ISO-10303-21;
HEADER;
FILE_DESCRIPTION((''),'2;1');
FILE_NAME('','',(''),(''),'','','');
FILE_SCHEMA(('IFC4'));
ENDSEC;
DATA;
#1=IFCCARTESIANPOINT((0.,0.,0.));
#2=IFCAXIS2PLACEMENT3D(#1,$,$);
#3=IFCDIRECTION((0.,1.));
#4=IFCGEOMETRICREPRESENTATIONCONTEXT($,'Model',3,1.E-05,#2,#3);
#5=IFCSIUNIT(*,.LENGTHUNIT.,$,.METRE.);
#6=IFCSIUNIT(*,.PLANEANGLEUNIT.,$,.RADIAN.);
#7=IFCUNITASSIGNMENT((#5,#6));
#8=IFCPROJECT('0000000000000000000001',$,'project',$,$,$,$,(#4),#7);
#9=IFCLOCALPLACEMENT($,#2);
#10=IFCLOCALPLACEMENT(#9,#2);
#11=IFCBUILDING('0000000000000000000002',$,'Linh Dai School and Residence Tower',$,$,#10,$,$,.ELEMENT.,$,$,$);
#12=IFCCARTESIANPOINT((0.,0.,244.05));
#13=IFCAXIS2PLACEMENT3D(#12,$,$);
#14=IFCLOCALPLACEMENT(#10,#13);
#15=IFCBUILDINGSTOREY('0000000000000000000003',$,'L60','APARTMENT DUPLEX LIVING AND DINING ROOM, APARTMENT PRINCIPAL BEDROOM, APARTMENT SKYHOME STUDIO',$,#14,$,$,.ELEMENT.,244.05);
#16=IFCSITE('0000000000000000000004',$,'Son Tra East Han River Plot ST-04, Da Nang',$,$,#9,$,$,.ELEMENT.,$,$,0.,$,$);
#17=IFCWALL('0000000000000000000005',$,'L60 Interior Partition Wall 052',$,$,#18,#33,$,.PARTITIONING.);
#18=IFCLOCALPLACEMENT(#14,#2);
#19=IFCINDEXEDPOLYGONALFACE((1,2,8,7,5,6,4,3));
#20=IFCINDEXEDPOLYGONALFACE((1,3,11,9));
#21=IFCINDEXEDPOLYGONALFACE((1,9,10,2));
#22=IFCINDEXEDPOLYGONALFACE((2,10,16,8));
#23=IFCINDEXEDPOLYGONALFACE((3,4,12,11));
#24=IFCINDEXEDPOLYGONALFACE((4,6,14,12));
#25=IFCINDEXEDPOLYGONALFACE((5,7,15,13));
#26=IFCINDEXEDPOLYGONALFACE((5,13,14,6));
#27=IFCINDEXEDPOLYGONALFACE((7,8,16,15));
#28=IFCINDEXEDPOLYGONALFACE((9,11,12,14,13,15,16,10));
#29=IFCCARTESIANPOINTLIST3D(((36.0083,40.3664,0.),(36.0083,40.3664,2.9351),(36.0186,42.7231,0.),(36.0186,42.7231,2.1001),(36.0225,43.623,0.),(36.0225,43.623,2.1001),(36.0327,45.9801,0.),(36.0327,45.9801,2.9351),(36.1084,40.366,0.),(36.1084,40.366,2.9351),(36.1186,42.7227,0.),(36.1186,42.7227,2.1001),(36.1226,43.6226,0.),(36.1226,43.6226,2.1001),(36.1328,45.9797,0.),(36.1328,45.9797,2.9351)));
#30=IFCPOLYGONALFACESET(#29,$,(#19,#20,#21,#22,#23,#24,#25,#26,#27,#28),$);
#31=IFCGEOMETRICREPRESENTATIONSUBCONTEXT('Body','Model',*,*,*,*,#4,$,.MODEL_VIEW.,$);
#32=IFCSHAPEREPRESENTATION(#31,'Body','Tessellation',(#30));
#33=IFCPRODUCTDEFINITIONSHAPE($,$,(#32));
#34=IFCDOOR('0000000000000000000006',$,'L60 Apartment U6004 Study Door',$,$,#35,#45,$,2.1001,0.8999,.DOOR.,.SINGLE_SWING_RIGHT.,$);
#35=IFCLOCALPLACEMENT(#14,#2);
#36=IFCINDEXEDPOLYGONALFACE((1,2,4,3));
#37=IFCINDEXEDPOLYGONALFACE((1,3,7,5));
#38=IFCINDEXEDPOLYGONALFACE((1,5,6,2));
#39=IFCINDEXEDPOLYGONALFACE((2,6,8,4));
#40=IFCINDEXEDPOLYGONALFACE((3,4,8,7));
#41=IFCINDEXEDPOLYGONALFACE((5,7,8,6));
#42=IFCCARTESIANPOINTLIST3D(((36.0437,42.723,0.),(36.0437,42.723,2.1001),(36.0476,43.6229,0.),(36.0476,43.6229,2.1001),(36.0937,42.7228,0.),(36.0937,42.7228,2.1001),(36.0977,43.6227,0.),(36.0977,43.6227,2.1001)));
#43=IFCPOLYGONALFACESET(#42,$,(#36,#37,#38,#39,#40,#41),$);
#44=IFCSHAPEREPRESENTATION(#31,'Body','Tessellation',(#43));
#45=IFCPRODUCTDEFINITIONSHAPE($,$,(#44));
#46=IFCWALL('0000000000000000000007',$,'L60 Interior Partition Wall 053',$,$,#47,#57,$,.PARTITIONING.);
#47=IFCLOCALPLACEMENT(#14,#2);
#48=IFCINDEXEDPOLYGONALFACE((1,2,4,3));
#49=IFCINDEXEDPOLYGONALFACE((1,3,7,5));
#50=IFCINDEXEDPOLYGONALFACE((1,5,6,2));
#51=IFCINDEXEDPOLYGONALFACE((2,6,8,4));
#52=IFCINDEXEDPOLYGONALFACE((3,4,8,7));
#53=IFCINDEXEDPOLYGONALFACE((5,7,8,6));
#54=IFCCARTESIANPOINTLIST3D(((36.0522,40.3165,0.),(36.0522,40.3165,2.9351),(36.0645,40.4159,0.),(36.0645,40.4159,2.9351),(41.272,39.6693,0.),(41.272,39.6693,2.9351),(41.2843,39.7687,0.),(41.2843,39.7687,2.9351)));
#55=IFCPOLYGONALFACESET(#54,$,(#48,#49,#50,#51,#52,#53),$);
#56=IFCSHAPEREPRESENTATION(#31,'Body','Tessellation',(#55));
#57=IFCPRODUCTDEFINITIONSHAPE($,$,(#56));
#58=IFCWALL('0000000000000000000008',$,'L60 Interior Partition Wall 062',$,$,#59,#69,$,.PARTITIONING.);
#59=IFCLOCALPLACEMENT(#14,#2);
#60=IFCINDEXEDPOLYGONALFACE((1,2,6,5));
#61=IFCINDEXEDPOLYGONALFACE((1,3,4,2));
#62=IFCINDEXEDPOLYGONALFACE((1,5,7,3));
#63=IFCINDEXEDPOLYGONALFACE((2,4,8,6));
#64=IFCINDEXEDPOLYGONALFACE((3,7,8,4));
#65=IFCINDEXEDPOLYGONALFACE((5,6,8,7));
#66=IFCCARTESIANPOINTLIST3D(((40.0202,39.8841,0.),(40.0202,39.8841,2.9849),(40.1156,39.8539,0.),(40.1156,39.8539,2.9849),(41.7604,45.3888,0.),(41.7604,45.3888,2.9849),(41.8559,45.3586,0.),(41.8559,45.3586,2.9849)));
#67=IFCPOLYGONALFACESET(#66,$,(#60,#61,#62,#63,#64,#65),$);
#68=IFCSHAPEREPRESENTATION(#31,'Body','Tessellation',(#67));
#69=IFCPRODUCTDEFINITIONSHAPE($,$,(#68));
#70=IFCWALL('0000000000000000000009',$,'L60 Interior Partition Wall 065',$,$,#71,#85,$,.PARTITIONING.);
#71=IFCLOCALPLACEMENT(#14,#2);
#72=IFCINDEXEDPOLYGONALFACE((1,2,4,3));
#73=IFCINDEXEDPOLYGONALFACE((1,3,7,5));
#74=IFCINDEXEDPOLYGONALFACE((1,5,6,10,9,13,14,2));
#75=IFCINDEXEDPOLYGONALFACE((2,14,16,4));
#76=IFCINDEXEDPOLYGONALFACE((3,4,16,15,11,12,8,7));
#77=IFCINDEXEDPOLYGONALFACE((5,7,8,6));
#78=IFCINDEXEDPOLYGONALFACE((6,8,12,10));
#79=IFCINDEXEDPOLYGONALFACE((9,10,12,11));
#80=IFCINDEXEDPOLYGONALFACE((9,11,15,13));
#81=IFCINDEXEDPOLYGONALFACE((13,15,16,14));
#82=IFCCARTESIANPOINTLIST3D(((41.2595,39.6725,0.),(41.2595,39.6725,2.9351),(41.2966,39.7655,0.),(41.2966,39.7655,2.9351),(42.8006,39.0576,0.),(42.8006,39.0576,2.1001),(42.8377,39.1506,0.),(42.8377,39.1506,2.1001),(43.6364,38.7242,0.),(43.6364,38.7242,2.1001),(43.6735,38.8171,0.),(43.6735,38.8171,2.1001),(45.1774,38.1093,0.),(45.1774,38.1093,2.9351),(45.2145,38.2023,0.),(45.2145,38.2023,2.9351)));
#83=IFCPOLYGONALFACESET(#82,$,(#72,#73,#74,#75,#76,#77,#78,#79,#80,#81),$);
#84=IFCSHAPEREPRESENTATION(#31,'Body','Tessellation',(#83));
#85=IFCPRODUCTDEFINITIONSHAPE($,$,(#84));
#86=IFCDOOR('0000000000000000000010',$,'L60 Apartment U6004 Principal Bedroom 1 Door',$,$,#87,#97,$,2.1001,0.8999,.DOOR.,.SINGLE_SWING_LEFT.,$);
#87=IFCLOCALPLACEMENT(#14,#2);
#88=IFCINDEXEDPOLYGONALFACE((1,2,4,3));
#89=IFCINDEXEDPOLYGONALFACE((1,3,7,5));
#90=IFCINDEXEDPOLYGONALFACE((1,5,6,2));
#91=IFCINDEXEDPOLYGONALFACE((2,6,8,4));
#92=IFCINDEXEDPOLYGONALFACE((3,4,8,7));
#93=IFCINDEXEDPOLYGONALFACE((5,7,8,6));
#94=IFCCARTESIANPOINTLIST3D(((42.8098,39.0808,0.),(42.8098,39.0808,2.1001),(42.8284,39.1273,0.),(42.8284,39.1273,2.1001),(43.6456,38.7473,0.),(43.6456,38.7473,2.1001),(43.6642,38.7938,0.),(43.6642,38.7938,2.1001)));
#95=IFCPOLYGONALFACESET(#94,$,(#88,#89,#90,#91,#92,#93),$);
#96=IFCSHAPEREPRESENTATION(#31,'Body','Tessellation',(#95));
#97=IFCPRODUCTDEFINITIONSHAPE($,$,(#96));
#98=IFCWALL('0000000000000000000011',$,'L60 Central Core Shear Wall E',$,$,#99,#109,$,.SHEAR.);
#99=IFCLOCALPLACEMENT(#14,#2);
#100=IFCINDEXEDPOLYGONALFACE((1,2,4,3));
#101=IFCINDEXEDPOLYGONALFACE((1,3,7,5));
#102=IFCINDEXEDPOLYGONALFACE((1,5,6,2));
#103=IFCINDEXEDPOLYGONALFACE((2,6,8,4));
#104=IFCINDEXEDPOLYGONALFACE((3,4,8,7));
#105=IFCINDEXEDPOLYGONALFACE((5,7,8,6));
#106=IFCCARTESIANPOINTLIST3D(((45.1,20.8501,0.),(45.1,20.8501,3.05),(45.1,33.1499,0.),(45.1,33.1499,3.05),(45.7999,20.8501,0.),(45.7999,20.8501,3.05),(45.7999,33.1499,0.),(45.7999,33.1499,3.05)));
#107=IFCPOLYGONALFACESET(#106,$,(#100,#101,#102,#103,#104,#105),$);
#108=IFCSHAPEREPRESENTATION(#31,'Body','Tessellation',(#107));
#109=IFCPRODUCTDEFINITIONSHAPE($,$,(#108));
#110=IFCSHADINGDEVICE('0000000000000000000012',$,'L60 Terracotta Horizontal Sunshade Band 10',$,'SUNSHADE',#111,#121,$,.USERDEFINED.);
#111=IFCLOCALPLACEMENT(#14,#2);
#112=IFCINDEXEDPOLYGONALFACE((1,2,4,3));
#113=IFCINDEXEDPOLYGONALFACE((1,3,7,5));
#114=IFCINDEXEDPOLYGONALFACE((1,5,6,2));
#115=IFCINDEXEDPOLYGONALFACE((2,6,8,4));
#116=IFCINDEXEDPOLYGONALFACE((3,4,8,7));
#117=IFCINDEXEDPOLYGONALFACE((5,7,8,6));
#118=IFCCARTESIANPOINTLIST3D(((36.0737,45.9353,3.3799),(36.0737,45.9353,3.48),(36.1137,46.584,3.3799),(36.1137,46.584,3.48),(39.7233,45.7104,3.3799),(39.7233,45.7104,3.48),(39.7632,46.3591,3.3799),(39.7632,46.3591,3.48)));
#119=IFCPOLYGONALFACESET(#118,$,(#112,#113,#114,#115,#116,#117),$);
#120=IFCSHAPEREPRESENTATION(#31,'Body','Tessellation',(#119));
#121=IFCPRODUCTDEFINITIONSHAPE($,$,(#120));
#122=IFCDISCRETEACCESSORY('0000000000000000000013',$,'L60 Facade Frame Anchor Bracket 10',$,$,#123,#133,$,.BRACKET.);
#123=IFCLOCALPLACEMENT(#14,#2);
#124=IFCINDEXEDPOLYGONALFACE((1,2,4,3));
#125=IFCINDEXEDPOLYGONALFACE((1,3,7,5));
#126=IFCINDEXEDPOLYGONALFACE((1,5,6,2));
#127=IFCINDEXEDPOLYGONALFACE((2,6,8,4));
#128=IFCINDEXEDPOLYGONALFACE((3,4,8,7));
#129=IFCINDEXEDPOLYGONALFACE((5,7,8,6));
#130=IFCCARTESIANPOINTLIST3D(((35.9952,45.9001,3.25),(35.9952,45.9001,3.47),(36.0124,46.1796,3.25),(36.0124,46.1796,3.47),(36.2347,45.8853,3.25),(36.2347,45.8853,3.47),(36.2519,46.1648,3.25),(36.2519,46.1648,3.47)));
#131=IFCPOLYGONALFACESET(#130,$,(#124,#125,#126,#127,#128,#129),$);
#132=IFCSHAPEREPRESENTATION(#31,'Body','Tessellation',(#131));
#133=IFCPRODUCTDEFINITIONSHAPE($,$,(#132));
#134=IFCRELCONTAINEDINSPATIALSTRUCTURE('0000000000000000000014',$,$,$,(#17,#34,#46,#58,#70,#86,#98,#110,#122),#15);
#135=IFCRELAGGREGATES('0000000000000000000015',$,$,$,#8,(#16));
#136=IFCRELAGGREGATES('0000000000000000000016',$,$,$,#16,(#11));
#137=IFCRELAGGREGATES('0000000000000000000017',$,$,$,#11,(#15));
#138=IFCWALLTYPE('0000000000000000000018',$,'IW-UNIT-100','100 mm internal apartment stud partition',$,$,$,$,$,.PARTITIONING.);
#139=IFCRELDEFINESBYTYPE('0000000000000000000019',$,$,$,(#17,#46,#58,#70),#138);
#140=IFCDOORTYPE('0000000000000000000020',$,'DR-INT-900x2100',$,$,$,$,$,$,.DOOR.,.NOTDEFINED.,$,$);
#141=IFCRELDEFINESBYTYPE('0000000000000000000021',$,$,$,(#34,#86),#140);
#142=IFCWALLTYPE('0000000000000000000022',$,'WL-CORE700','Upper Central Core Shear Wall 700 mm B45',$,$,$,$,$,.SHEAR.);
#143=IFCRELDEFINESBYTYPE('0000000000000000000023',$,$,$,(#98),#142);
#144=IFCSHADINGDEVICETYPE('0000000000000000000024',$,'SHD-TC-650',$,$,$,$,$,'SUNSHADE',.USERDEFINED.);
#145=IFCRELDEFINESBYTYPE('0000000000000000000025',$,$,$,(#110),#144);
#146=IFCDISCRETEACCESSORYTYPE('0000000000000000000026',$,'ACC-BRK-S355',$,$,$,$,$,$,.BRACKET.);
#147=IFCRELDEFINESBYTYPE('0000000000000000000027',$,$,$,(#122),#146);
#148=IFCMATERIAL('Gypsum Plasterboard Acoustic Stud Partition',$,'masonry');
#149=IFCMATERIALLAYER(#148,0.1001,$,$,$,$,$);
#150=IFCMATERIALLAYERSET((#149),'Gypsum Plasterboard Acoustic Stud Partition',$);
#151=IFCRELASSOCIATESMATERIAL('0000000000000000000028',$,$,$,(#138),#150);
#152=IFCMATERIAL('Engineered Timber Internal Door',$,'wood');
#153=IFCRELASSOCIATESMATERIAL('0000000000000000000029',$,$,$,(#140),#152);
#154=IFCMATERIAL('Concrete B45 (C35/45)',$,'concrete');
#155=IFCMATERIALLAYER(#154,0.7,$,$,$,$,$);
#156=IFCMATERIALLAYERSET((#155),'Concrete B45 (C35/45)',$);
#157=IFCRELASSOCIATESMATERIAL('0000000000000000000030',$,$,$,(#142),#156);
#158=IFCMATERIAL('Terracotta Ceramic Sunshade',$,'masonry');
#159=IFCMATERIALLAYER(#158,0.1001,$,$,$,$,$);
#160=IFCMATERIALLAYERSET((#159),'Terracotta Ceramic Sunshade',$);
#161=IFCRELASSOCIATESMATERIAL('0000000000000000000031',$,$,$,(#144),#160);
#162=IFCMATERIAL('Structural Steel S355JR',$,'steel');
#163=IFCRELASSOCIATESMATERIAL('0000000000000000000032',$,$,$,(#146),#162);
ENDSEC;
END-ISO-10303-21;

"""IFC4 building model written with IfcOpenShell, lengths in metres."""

from ifc_helpers import new_model, si_unit, direction, frame, frame_2d, origin, origin_2d, place, context, subcontext, project, spatial, rectangle, extrude, source, transform, mapped, material, layer, layer_set, type_object, element, fill, save


model = new_model("IFC4")

# Units and contexts
model_context = context("Model", 3, precision=1e-05, world=origin(), true_north=direction((0.0, 1.0)))
body_context = subcontext(model_context, "Body", "Model", "MODEL_VIEW")
ifc_project = project(units=[si_unit("LENGTHUNIT", "METRE"), si_unit("PLANEANGLEUNIT", "RADIAN")], contexts=[model_context])

# Site, building, storey
site_placement = place(None, origin())
site = spatial("IfcSite", under=ifc_project, at=site_placement, Name="Son Tra East Han River Plot ST-04, Da Nang", CompositionType="ELEMENT", RefElevation=0.0)
building_placement = place(site_placement, origin())
building = spatial("IfcBuilding", under=site, at=building_placement, Name="Linh Dai School and Residence Tower", CompositionType="ELEMENT")
storey_placement = place(building_placement, frame((0.0, 0.0, 244.05)))
storey = spatial("IfcBuildingStorey", under=building, at=storey_placement, Name="L60", Description="APARTMENT DUPLEX LIVING AND DINING ROOM, APARTMENT PRINCIPAL BEDROOM, APARTMENT SKYHOME STUDIO", CompositionType="ELEMENT", Elevation=244.05)

# Shared definitions
ifc_material_1 = material(Name="Structural Steel S355JR", Category="steel")

# Wall, opening, door
ifc_material_2 = material(Name="Gypsum Plasterboard Acoustic Stud Partition", Category="masonry")
ifc_layer_1 = layer(ifc_material_2, 0.1001)
ifc_layer_set_1 = layer_set([ifc_layer_1], Name="Gypsum Plasterboard Acoustic Stud Partition")
wall_type_1 = type_object("IfcWallType", Name="IW-UNIT-100", Description="100 mm internal apartment stud partition", PredefinedType="PARTITIONING", material=ifc_layer_set_1)
wall_1_placement = place(storey_placement, frame((36.0583, 40.3662, 0.0), z_axis=(0.0, 0.0, 1.0), x_axis=(0.004349, 0.999991, 0.0)))
wall_1 = element("IfcWall", 1, at=wall_1_placement, inside=storey, type_object=wall_type_1, Name="L60 Interior Partition Wall 052", PredefinedType="PARTITIONING", context=body_context, shape_type="SweptSolid", body=[
    extrude(rectangle(XDim=5.6138, YDim=0.1001, at=frame_2d((2.8069, 0.0))), origin(), (0.0, 0.0, 1.0), 2.9351),
])
opening_1_placement = place(wall_1_placement, frame((2.3567, 0.0, 0.0)))
opening_1 = element("IfcOpeningElement", 2, at=opening_1_placement, cuts=wall_1, PredefinedType="OPENING", context=body_context, shape_type="SweptSolid", body=[
    extrude(rectangle(XDim=0.8999, YDim=2.1001, at=origin_2d()), frame((0.45, 0.0601, 1.05), z_axis=(0.0, -1.0, 0.0), x_axis=(1.0, 0.0, 0.0)), (0.0, 0.0, 1.0), 0.1201),
])
ifc_material_3 = material(Name="Engineered Timber Internal Door", Category="wood")
door_type = type_object("IfcDoorType", Name="DR-INT-900x2100", OperationType="NOTDEFINED", PredefinedType="DOOR", material=ifc_material_3)
shared_shape_1 = source(origin(), body_context, "Body", "SweptSolid", [
    extrude(rectangle(XDim=0.8999, YDim=2.1001, at=origin_2d()), frame((0.45, 0.0249, 1.05), z_axis=(0.0, -1.0, 0.0), x_axis=(1.0, 0.0, 0.0)), (0.0, 0.0, 1.0), 0.05),
])
door_1_placement = place(opening_1_placement, origin())
door_1 = element("IfcDoor", 3, at=door_1_placement, inside=storey, type_object=door_type, Name="L60 Apartment U6004 Study Door", OperationType="SINGLE_SWING_RIGHT", OverallHeight=2.1001, OverallWidth=0.8999, PredefinedType="DOOR", context=body_context, shape_type="MappedRepresentation", body=[
    mapped(shared_shape_1, transform((0.0, 0.0, 0.0), x_axis=(1.0, 0.0, 0.0), y_axis=(0.0, 1.0, 0.0), z_axis=(0.0, 0.0, 1.0), scale=1.0)),
])
fill(opening_1, door_1)

# Walls
wall_2_placement = place(storey_placement, frame((36.0583, 40.3662, 0.0), z_axis=(0.0, 0.0, 1.0), x_axis=(0.9924, -0.123052, 0.0)))
element("IfcWall", 4, at=wall_2_placement, inside=storey, type_object=wall_type_1, Name="L60 Interior Partition Wall 053", PredefinedType="PARTITIONING", context=body_context, shape_type="SweptSolid", body=[
    extrude(rectangle(XDim=5.2598, YDim=0.1001, at=frame_2d((2.6299, 0.0))), origin(), (0.0, 0.0, 1.0), 2.9351),
])
wall_3_placement = place(storey_placement, frame((40.0679, 39.8689, 0.0), z_axis=(0.0, 0.0, 1.0), x_axis=(0.301435, 0.953487, 0.0)))
element("IfcWall", 5, at=wall_3_placement, inside=storey, type_object=wall_type_1, Name="L60 Interior Partition Wall 062", PredefinedType="PARTITIONING", context=body_context, shape_type="SweptSolid", body=[
    extrude(rectangle(XDim=5.7732, YDim=0.1001, at=frame_2d((2.8867, 0.0))), origin(), (0.0, 0.0, 1.0), 2.9849),
])

# Wall, opening, door
wall_4_placement = place(storey_placement, frame((41.2781, 39.719, 0.0), z_axis=(0.0, 0.0, 1.0), x_axis=(0.9288, -0.370582, 0.0)))
wall_4 = element("IfcWall", 6, at=wall_4_placement, inside=storey, type_object=wall_type_1, Name="L60 Interior Partition Wall 065", PredefinedType="PARTITIONING", context=body_context, shape_type="SweptSolid", body=[
    extrude(rectangle(XDim=4.2183, YDim=0.1001, at=frame_2d((2.1091, 0.0))), origin(), (0.0, 0.0, 1.0), 2.9351),
])
opening_2_placement = place(wall_4_placement, frame((1.6592, 0.0, 0.0)))
opening_2 = element("IfcOpeningElement", 7, at=opening_2_placement, cuts=wall_4, PredefinedType="OPENING", context=body_context, shape_type="SweptSolid", body=[
    extrude(rectangle(XDim=0.8999, YDim=2.1001, at=origin_2d()), frame((0.45, 0.0601, 1.05), z_axis=(0.0, -1.0, 0.0), x_axis=(1.0, 0.0, 0.0)), (0.0, 0.0, 1.0), 0.1201),
])
door_2_placement = place(opening_2_placement, origin())
door_2 = element("IfcDoor", 8, at=door_2_placement, inside=storey, type_object=door_type, Name="L60 Apartment U6004 Principal Bedroom 1 Door", OperationType="SINGLE_SWING_LEFT", OverallHeight=2.1001, OverallWidth=0.8999, PredefinedType="DOOR", context=body_context, shape_type="MappedRepresentation", body=[
    mapped(shared_shape_1, transform((0.0, 0.0, 0.0), x_axis=(1.0, 0.0, 0.0), y_axis=(0.0, 1.0, 0.0), z_axis=(0.0, 0.0, 1.0), scale=1.0)),
])
fill(opening_2, door_2)

# Wall
ifc_material_4 = material(Name="Concrete B45 (C35/45)", Category="concrete")
ifc_layer_2 = layer(ifc_material_4, 0.7)
ifc_layer_set_2 = layer_set([ifc_layer_2], Name="Concrete B45 (C35/45)")
wall_type_2 = type_object("IfcWallType", Name="WL-CORE700", Description="Upper Central Core Shear Wall 700 mm B45", PredefinedType="SHEAR", material=ifc_layer_set_2)
wall_5_placement = place(storey_placement, frame((45.45, 33.1499, 0.0), z_axis=(0.0, 0.0, 1.0), x_axis=(0.0, -1.0, 0.0)))
element("IfcWall", 9, at=wall_5_placement, inside=storey, type_object=wall_type_2, Name="L60 Central Core Shear Wall E", PredefinedType="SHEAR", context=body_context, shape_type="SweptSolid", body=[
    extrude(rectangle(XDim=12.2998, YDim=0.7, at=frame_2d((6.1499, 0.0))), origin(), (0.0, 0.0, 1.0), 3.05),
])

# Shading device
ifc_material_5 = material(Name="Terracotta Ceramic Sunshade", Category="masonry")
ifc_layer_3 = layer(ifc_material_5, 0.1001)
ifc_layer_set_3 = layer_set([ifc_layer_3], Name="Terracotta Ceramic Sunshade")
shading_device_type = type_object("IfcShadingDeviceType", Name="SHD-TC-650", ElementType="SUNSHADE", PredefinedType="USERDEFINED", material=ifc_layer_set_3)
shared_shape_2 = source(origin(), body_context, "Body", "SweptSolid", [
    extrude(rectangle(XDim=3.6565, YDim=0.6499, at=origin_2d()), origin(), (0.0, 0.0, 1.0), 0.1001),
])
shading_device_placement = place(storey_placement, frame((37.9185, 46.1472, 3.3799), z_axis=(0.0, 0.0, 1.0), x_axis=(0.998107, -0.061504, 0.0)))
element("IfcShadingDevice", 10, at=shading_device_placement, inside=storey, type_object=shading_device_type, Name="L60 Terracotta Horizontal Sunshade Band 10", ObjectType="SUNSHADE", PredefinedType="USERDEFINED", context=body_context, shape_type="MappedRepresentation", body=[
    mapped(shared_shape_2, transform((0.0, 0.0, 0.0), x_axis=(1.0, 0.0, 0.0), y_axis=(0.0, 1.0, 0.0), z_axis=(0.0, 0.0, 1.0), scale=1.0)),
])

# Discrete accessory
discrete_accessory_type = type_object("IfcDiscreteAccessoryType", Name="ACC-BRK-S355", PredefinedType="BRACKET", material=ifc_material_1)
shared_shape_3 = source(origin(), body_context, "Body", "SweptSolid", [
    extrude(rectangle(XDim=0.28, YDim=0.24, at=origin_2d()), origin(), (0.0, 0.0, 1.0), 0.22),
])
discrete_accessory_placement = place(storey_placement, frame((36.1235, 46.0325, 3.25), z_axis=(0.0, 0.0, 1.0), x_axis=(0.061504, 0.998107, 0.0)))
element("IfcDiscreteAccessory", 11, at=discrete_accessory_placement, inside=storey, type_object=discrete_accessory_type, Name="L60 Facade Frame Anchor Bracket 10", PredefinedType="BRACKET", context=body_context, shape_type="MappedRepresentation", body=[
    mapped(shared_shape_3, transform((0.0, 0.0, 0.0), x_axis=(1.0, 0.0, 0.0), y_axis=(0.0, 1.0, 0.0), z_axis=(0.0, 0.0, 1.0), scale=1.0)),
])

save(model, "model.ifc")
